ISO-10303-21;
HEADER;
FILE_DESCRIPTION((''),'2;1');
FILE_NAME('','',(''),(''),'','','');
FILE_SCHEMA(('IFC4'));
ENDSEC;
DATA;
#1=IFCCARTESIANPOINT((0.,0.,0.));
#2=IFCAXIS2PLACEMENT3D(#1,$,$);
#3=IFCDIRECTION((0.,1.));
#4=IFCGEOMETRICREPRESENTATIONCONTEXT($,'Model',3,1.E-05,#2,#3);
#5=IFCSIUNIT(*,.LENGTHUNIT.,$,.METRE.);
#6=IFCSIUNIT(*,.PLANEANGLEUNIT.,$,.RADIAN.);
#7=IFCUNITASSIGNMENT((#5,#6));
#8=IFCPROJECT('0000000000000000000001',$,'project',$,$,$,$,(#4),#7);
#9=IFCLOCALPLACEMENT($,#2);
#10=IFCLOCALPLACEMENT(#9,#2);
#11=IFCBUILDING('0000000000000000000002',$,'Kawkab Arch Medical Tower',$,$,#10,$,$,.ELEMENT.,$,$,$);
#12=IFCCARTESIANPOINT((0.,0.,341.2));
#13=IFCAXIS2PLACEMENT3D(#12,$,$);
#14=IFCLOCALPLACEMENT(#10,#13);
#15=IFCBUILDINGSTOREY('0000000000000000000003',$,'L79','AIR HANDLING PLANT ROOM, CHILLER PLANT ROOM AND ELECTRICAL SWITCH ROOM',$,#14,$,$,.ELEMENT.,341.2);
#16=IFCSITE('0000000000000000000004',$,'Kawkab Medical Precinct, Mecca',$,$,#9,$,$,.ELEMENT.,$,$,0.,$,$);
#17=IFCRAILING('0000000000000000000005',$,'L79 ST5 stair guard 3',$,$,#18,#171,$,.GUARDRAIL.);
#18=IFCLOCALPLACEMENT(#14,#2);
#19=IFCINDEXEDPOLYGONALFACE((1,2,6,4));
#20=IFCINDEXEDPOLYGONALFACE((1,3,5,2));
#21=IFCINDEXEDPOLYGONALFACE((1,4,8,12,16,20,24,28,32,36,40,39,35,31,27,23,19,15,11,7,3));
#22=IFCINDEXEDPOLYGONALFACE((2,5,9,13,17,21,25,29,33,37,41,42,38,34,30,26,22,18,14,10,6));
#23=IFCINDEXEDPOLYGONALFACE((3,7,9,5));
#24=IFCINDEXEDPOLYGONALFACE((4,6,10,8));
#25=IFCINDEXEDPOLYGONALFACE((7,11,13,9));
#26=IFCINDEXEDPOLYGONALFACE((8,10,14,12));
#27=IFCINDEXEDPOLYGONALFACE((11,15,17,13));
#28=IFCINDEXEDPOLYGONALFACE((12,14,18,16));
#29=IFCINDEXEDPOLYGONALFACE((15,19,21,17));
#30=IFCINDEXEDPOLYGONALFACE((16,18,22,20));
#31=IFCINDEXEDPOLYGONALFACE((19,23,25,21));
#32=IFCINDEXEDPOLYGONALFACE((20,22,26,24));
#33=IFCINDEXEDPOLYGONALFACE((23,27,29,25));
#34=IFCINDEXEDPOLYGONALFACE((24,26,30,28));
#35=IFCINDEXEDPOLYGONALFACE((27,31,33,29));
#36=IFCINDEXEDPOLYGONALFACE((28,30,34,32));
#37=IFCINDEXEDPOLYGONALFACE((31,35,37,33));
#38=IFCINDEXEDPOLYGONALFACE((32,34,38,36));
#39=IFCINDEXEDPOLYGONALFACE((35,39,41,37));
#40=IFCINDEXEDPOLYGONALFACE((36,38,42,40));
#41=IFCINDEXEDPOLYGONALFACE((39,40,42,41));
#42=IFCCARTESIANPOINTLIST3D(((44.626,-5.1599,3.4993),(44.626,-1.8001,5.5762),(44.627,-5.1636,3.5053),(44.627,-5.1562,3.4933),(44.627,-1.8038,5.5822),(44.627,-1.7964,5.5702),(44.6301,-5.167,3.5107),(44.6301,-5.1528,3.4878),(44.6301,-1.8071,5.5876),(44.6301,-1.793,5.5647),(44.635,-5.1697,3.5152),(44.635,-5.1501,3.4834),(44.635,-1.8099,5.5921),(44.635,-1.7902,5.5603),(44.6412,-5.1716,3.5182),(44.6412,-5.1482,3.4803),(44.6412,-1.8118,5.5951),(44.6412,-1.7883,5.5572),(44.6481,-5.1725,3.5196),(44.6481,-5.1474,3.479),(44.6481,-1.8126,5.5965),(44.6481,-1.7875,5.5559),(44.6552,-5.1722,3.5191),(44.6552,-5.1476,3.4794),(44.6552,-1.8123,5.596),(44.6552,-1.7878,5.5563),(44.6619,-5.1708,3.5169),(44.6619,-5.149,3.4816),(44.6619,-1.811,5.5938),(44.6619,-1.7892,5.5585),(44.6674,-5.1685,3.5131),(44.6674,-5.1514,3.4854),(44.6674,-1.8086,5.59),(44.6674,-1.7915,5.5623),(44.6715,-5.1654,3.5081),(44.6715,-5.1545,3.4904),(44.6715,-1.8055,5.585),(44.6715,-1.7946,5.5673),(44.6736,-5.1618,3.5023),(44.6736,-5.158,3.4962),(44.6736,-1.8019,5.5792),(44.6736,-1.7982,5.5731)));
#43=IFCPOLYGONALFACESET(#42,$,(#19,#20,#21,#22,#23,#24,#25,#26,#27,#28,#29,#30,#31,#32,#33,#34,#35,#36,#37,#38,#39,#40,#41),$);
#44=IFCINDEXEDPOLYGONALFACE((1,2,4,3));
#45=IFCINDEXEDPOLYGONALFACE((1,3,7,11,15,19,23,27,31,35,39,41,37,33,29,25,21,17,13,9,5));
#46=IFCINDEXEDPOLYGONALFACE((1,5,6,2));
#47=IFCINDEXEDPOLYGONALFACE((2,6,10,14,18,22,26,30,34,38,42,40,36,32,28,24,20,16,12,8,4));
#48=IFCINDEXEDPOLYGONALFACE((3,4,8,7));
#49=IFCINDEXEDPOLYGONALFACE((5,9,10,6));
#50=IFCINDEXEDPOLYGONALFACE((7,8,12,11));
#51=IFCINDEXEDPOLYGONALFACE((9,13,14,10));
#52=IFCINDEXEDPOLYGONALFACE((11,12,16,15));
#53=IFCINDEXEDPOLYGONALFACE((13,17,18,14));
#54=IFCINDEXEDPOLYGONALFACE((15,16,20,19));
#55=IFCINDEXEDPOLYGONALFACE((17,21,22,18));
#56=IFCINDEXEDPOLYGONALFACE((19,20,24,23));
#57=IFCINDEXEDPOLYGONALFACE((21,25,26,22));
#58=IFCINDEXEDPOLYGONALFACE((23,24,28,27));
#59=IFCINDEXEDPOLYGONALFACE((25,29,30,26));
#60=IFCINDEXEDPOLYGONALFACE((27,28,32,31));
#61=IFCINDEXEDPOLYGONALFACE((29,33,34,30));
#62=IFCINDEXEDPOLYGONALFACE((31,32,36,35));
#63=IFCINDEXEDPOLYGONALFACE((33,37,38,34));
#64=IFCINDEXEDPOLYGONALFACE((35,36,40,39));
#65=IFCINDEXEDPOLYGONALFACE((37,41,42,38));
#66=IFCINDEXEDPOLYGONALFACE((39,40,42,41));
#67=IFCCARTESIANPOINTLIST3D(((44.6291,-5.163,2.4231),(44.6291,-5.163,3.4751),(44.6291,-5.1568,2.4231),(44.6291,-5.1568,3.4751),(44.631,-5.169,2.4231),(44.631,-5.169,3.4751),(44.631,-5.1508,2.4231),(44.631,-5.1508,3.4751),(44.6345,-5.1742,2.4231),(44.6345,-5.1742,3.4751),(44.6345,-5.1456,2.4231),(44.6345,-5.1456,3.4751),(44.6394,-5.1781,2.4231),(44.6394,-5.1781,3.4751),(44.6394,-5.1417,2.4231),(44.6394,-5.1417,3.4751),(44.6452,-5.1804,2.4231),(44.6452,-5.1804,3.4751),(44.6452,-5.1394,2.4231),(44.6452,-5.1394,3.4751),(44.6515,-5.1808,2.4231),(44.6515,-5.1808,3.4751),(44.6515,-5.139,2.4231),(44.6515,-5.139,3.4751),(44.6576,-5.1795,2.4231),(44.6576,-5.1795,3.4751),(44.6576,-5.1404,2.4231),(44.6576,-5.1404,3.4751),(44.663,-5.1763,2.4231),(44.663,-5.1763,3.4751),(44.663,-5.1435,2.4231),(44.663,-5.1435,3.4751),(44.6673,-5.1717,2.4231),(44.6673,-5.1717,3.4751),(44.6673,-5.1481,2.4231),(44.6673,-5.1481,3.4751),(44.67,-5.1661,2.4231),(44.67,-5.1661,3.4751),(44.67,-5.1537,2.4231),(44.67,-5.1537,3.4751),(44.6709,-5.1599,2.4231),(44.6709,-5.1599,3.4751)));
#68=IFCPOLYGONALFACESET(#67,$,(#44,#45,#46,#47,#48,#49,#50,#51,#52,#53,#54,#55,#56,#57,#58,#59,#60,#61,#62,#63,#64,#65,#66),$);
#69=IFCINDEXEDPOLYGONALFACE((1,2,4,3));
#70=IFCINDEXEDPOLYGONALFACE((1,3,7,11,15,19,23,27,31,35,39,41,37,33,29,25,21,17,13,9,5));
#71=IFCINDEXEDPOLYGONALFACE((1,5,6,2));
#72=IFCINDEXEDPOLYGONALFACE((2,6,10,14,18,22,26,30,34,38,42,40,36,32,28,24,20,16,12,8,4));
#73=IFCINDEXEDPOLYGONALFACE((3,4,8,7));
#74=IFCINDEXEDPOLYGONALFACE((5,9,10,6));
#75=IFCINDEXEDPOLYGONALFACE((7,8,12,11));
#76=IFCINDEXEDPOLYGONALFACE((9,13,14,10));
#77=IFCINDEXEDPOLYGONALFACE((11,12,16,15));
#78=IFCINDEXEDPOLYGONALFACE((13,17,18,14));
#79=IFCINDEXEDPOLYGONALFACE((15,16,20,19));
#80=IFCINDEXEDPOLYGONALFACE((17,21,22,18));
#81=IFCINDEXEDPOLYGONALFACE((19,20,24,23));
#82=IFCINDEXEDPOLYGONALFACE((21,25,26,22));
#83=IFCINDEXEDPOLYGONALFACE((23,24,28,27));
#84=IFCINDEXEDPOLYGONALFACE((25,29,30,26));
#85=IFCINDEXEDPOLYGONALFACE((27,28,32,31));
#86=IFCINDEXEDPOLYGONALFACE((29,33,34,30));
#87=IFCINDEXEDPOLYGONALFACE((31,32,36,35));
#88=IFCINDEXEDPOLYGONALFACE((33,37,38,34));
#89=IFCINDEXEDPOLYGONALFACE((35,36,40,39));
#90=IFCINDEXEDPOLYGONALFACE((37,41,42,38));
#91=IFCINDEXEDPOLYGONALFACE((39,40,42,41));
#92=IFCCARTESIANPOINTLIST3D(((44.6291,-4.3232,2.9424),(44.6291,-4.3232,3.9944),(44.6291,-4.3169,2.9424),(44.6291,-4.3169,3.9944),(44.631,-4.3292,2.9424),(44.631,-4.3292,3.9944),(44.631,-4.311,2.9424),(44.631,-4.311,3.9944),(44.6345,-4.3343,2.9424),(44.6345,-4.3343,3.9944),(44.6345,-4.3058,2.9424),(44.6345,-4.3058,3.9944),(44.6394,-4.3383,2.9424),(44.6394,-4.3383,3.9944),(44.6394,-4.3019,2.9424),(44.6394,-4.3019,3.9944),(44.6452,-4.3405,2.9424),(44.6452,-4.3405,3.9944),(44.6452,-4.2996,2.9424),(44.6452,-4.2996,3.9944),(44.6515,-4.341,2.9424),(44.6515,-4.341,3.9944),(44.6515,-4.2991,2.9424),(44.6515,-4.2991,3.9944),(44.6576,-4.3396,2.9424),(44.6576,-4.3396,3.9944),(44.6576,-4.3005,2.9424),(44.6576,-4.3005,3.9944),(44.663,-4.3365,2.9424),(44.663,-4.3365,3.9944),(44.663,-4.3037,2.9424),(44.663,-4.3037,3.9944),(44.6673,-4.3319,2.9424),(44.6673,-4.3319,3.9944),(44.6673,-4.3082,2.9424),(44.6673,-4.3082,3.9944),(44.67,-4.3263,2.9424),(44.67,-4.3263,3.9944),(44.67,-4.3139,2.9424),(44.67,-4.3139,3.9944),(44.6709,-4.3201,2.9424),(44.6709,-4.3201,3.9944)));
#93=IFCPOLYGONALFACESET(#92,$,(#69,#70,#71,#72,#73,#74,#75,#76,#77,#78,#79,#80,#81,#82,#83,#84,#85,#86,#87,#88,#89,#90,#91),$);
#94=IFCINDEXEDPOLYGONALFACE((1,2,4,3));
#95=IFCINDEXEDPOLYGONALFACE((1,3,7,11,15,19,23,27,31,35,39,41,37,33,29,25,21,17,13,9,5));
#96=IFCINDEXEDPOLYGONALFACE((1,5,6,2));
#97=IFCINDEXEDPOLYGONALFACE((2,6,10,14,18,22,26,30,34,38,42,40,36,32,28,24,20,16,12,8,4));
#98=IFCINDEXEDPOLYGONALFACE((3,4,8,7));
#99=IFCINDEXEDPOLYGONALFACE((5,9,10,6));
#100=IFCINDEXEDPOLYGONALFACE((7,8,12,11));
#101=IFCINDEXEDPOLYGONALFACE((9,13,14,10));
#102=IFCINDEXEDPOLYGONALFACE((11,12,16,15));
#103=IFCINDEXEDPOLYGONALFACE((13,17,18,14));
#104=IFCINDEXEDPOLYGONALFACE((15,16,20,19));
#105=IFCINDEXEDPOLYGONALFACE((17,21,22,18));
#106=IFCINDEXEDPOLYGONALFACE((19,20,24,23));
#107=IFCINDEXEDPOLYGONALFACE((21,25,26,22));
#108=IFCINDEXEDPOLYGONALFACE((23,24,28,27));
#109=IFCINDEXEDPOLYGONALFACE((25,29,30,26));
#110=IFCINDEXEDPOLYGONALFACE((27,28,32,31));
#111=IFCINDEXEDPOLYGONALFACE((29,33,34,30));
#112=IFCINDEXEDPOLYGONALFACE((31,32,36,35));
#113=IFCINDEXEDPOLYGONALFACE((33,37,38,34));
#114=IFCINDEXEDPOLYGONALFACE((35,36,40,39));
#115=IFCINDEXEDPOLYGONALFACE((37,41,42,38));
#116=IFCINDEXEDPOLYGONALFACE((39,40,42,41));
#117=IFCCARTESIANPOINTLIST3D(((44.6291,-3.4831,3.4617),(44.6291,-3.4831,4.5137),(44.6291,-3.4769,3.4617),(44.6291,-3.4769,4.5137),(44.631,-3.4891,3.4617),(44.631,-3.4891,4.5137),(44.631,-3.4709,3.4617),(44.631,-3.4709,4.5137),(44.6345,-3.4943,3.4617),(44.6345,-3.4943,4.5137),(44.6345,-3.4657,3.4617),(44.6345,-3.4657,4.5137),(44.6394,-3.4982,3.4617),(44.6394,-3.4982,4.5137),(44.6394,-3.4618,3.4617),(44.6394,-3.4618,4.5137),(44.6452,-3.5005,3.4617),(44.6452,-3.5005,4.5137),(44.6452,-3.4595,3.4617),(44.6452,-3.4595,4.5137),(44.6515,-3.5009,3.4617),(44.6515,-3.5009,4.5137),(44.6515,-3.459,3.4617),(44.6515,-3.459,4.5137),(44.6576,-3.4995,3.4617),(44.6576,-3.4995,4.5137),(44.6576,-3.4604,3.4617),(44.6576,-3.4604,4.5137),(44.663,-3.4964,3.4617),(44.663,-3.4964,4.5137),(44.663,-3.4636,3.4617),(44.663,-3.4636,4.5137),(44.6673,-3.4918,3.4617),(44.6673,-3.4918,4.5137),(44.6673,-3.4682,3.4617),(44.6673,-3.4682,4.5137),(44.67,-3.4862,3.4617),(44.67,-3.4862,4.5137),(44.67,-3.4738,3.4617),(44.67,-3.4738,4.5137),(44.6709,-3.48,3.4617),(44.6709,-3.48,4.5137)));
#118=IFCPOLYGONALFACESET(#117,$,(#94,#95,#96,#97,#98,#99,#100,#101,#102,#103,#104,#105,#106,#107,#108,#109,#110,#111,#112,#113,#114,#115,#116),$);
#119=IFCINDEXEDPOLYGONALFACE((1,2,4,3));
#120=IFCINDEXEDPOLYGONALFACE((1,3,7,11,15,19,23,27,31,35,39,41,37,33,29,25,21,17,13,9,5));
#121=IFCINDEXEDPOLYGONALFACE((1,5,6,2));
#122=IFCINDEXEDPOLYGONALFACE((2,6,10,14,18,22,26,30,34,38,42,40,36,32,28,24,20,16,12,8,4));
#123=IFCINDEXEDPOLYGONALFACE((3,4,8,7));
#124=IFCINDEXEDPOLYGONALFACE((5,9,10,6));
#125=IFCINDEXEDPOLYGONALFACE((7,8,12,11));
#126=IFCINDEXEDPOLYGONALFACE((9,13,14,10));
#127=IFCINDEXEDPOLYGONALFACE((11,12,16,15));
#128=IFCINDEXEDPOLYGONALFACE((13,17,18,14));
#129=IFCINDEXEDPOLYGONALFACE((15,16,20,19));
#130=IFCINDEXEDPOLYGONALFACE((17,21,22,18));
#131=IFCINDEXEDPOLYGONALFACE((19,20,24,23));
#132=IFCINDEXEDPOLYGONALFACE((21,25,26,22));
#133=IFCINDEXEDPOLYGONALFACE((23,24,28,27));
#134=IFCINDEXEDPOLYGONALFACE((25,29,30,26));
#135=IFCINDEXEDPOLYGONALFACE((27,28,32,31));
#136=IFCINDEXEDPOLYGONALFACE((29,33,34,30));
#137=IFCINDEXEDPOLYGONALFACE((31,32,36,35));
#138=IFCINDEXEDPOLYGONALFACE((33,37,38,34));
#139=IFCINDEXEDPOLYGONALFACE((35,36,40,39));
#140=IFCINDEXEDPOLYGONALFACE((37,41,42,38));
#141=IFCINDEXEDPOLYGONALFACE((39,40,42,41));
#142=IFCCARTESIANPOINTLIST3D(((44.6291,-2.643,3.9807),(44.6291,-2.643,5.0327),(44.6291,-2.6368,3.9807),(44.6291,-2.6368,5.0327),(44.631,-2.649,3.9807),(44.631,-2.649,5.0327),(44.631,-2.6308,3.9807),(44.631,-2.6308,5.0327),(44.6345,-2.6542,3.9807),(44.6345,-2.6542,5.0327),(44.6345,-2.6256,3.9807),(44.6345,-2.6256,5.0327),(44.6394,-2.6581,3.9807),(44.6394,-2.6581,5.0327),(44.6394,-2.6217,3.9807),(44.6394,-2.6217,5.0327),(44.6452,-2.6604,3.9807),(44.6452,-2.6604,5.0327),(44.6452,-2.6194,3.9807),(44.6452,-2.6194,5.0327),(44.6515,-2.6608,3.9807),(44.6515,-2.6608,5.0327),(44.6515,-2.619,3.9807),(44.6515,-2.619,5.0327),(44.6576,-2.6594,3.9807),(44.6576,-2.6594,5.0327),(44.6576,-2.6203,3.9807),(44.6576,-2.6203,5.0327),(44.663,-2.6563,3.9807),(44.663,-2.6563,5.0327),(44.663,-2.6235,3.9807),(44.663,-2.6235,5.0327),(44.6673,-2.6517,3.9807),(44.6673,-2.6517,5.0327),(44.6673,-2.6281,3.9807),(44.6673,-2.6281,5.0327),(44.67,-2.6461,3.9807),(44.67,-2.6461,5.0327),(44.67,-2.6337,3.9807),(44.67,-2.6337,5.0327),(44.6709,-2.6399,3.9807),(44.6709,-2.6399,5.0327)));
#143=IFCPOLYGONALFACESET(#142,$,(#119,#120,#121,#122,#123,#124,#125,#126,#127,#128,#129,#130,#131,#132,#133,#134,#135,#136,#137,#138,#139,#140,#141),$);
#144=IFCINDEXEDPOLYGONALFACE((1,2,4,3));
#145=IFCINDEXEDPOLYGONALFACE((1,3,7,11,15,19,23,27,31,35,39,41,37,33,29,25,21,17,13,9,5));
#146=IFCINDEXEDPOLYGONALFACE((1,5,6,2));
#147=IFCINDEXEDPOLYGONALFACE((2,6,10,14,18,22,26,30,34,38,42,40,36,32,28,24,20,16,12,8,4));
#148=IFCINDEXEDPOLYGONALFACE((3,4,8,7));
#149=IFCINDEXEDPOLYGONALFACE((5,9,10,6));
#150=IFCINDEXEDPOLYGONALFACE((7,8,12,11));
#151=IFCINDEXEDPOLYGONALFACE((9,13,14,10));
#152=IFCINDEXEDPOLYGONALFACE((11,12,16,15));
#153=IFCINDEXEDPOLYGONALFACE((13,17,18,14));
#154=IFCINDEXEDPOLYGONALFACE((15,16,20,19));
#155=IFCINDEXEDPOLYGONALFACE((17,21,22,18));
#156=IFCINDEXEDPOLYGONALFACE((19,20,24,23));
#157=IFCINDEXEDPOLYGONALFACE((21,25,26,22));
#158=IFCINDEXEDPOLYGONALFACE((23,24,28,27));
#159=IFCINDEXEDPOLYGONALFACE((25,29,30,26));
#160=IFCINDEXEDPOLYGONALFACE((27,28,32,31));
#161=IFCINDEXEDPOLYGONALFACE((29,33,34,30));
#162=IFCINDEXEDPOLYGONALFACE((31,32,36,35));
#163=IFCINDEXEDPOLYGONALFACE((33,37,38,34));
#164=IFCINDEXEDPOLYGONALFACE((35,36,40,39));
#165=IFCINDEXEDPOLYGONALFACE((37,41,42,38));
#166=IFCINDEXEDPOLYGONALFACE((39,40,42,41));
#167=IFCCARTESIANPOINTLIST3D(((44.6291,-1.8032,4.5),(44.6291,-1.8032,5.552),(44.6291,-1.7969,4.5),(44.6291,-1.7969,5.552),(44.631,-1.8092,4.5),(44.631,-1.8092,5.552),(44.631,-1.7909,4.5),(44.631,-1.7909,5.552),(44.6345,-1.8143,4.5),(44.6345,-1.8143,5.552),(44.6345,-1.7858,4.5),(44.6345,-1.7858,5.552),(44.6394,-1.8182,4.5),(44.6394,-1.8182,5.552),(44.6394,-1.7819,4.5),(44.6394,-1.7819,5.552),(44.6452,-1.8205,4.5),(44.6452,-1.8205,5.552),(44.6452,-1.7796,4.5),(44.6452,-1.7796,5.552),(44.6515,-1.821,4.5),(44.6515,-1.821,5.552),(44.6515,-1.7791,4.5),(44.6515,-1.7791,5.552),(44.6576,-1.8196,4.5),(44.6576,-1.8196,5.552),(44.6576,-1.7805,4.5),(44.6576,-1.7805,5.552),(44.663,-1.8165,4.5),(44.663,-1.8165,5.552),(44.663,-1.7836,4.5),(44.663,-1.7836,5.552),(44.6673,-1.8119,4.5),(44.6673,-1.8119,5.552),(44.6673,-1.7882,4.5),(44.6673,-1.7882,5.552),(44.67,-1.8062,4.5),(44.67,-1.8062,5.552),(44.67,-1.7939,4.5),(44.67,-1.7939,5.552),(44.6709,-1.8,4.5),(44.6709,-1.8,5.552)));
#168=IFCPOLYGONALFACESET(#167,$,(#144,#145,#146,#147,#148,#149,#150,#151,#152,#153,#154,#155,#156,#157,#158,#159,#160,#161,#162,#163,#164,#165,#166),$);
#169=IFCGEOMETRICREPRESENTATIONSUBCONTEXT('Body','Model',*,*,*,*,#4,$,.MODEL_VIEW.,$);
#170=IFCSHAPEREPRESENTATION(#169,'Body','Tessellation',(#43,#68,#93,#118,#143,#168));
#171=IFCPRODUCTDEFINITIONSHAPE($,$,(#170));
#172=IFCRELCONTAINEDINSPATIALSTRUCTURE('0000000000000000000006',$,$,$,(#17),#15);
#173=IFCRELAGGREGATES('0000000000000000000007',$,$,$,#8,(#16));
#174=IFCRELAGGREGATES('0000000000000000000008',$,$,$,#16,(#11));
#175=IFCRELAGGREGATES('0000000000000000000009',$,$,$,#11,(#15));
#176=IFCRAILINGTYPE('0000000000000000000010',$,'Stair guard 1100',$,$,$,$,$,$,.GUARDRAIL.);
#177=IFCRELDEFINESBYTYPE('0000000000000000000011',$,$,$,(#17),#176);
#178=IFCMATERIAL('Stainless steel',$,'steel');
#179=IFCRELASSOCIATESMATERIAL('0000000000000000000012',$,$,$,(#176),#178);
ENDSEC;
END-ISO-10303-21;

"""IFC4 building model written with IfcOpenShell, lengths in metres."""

from ifc_helpers import new_model, si_unit, direction, frame, origin, origin_2d, place, context, subcontext, project, spatial, circle, extrude, material, type_object, element, save


model = new_model("IFC4")

# Units and contexts
model_context = context("Model", 3, precision=1e-05, world=origin(), true_north=direction((0.0, 1.0)))
body_context = subcontext(model_context, "Body", "Model", "MODEL_VIEW")
ifc_project = project(units=[si_unit("LENGTHUNIT", "METRE"), si_unit("PLANEANGLEUNIT", "RADIAN")], contexts=[model_context])

# Site, building, storey
site_placement = place(None, origin())
site = spatial("IfcSite", under=ifc_project, at=site_placement, Name="Kawkab Medical Precinct, Mecca", CompositionType="ELEMENT", RefElevation=0.0)
building_placement = place(site_placement, origin())
building = spatial("IfcBuilding", under=site, at=building_placement, Name="Kawkab Arch Medical Tower", CompositionType="ELEMENT")
storey_placement = place(building_placement, frame((0.0, 0.0, 341.2)))
storey = spatial("IfcBuildingStorey", under=building, at=storey_placement, Name="L79", Description="AIR HANDLING PLANT ROOM, CHILLER PLANT ROOM AND ELECTRICAL SWITCH ROOM", CompositionType="ELEMENT", Elevation=341.2)

# Railing
ifc_material_1 = material(Name="Stainless steel", Category="steel")
railing_type = type_object("IfcRailingType", Name="Stair guard 1100", PredefinedType="GUARDRAIL", material=ifc_material_1)
railing_1_placement = place(storey_placement, frame((44.6499, -5.1599, 2.4231)))
element("IfcRailing", 1, at=railing_1_placement, inside=storey, type_object=railing_type, Name="L79 ST5 stair guard 3", PredefinedType="GUARDRAIL", context=body_context, shape_type="SweptSolid", body=[
    extrude(circle(Radius=0.0239, at=origin_2d()), frame((0.0, 0.0, 1.0762), z_axis=(0.0, 0.850606, 0.525803), x_axis=(-1.0, 0.0, 0.0)), (0.0, 0.0, 1.0), 3.95),
    extrude(circle(Radius=0.021, at=origin_2d()), origin(), (0.0, 0.0, 1.0), 1.052),
    extrude(circle(Radius=0.021, at=origin_2d()), frame((0.0, 0.8398, 0.5193)), (0.0, 0.0, 1.0), 1.052),
    extrude(circle(Radius=0.021, at=origin_2d()), frame((0.0, 1.6799, 1.0386)), (0.0, 0.0, 1.0), 1.052),
    extrude(circle(Radius=0.021, at=origin_2d()), frame((0.0, 2.52, 1.5576)), (0.0, 0.0, 1.0), 1.052),
    extrude(circle(Radius=0.021, at=origin_2d()), frame((0.0, 3.3599, 2.0769)), (0.0, 0.0, 1.0), 1.052),
])

save(model, "model.ifc")
